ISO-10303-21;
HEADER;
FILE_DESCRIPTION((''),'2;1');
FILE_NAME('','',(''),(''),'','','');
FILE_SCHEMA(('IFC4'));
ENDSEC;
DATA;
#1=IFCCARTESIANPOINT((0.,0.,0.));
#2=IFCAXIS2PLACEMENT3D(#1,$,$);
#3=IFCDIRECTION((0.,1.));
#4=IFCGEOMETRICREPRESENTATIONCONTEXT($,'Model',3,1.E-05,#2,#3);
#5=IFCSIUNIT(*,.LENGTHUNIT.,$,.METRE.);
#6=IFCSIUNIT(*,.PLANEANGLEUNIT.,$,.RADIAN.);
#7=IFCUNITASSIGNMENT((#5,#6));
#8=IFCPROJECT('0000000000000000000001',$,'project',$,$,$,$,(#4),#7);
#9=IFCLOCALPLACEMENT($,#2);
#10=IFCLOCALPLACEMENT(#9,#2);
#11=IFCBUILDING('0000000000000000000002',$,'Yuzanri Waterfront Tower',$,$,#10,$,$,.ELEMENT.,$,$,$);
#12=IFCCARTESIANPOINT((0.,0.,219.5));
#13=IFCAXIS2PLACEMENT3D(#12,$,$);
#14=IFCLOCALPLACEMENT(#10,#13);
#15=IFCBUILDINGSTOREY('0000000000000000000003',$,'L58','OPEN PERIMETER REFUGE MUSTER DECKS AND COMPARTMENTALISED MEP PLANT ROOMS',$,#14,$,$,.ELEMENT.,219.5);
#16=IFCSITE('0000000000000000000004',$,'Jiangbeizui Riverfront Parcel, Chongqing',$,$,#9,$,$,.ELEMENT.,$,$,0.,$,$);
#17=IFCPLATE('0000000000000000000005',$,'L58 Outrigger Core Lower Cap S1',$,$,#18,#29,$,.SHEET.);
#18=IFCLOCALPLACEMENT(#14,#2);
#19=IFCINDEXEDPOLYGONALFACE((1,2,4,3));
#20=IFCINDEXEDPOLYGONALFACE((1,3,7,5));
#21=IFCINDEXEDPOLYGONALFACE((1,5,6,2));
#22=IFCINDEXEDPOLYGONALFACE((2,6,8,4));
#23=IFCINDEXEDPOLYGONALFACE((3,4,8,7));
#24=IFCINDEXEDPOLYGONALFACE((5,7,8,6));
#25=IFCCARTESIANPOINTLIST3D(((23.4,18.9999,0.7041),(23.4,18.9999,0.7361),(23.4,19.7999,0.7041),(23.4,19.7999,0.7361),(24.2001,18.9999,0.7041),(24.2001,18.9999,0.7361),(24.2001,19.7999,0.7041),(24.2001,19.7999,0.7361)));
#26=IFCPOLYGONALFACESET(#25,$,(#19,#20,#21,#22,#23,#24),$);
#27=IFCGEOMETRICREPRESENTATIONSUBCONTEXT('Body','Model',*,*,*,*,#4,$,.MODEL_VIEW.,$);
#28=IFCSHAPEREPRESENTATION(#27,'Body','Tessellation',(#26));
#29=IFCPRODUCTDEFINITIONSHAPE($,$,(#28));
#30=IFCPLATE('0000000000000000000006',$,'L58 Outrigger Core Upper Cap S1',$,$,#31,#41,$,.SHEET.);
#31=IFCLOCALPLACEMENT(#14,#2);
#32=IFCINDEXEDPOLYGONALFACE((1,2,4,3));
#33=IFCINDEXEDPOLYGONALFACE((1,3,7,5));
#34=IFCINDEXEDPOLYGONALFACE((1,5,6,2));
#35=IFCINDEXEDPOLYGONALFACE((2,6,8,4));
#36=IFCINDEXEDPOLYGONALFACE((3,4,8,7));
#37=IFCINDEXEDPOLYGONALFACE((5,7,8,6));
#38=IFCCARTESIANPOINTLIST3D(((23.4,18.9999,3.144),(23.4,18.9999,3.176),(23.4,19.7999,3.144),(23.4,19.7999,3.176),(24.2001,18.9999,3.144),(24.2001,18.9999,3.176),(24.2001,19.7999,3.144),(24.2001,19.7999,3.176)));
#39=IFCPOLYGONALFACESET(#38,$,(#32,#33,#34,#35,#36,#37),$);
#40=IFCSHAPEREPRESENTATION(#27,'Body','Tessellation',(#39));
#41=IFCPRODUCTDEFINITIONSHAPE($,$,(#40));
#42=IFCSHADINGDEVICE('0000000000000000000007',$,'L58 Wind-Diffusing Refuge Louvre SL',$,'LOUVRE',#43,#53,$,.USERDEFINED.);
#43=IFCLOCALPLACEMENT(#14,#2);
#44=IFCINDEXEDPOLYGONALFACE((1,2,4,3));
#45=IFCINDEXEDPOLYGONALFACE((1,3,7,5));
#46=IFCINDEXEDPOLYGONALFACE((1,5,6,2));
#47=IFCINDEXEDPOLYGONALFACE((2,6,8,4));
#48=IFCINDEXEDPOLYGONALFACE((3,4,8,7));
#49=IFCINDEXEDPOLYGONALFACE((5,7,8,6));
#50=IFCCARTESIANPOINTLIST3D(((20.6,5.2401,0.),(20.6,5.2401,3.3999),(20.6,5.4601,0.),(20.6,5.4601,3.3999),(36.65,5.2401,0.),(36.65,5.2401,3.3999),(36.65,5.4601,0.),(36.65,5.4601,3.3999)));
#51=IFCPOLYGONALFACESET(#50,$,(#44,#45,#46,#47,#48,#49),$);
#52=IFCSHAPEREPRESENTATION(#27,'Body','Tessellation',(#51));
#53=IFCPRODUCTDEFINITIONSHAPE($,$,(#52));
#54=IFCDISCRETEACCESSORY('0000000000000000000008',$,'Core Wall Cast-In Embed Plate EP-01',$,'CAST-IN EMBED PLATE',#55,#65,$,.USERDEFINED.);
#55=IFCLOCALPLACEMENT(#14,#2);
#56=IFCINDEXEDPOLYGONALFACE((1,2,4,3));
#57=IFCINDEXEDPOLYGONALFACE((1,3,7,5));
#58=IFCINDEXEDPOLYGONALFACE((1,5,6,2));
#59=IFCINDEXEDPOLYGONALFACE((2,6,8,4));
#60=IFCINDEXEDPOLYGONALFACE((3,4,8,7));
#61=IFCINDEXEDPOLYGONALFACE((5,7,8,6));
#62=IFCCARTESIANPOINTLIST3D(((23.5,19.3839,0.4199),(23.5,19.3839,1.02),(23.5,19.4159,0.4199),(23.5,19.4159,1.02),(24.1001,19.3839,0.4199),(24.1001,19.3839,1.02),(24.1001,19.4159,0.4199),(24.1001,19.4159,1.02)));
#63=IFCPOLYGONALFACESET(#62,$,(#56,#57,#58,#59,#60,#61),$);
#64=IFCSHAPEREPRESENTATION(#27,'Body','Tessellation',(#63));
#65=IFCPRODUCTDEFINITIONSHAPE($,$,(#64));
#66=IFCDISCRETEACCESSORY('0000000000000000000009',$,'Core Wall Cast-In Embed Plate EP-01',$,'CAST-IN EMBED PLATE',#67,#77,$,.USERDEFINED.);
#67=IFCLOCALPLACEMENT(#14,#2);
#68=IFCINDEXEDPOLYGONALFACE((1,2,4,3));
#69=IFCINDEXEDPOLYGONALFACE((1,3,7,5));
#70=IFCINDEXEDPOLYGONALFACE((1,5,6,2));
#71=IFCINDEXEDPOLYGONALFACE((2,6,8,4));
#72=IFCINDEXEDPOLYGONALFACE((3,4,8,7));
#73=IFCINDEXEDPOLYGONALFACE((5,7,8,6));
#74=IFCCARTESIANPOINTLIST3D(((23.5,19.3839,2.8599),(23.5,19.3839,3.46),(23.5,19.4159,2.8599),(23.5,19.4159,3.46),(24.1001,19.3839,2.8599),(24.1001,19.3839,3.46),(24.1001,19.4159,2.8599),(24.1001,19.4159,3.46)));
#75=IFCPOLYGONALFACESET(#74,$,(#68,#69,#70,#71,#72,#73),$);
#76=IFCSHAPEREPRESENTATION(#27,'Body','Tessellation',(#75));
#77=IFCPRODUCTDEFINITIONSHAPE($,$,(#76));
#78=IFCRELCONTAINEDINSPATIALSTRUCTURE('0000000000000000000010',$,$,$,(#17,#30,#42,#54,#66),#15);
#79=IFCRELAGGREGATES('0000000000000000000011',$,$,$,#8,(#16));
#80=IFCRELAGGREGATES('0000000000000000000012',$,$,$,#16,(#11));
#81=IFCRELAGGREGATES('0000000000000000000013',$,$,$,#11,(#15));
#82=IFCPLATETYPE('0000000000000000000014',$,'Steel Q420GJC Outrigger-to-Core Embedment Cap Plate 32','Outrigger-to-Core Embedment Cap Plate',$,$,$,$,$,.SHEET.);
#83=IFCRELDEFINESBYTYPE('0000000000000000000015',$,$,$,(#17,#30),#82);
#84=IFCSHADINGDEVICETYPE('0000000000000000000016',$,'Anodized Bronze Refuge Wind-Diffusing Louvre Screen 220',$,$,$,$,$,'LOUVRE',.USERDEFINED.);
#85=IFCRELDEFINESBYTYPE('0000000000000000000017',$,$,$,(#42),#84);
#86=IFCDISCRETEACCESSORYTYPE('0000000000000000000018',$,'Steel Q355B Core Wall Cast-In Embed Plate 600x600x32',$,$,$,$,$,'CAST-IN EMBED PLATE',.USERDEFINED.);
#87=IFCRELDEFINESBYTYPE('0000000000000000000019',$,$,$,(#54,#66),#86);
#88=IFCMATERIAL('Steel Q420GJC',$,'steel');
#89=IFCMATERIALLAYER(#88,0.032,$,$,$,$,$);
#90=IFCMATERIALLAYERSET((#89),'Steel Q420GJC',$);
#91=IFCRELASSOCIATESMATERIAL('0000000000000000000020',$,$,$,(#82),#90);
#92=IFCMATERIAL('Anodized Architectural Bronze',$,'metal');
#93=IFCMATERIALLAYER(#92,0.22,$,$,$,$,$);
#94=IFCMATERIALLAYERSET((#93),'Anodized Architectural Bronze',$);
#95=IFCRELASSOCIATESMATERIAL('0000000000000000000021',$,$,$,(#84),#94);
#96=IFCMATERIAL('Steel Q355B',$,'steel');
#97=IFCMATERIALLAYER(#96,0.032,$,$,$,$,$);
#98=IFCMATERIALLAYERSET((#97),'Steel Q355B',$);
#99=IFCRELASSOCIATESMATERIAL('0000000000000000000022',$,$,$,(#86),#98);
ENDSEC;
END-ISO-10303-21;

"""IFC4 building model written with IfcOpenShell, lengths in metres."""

from ifc_helpers import new_model, si_unit, direction, frame, origin, origin_2d, place, context, subcontext, project, spatial, rectangle, extrude, source, transform, mapped, material, layer, layer_set, type_object, element, save


model = new_model("IFC4")

# Units and contexts
model_context = context("Model", 3, precision=1e-05, world=origin(), true_north=direction((0.0, 1.0)))
body_context = subcontext(model_context, "Body", "Model", "MODEL_VIEW")
ifc_project = project(units=[si_unit("LENGTHUNIT", "METRE"), si_unit("PLANEANGLEUNIT", "RADIAN")], contexts=[model_context])

# Site, building, storey
site_placement = place(None, origin())
site = spatial("IfcSite", under=ifc_project, at=site_placement, Name="Jiangbeizui Riverfront Parcel, Chongqing", CompositionType="ELEMENT", RefElevation=0.0)
building_placement = place(site_placement, origin())
building = spatial("IfcBuilding", under=site, at=building_placement, Name="Yuzanri Waterfront Tower", CompositionType="ELEMENT")
storey_placement = place(building_placement, frame((0.0, 0.0, 219.5)))
storey = spatial("IfcBuildingStorey", under=building, at=storey_placement, Name="L58", Description="OPEN PERIMETER REFUGE MUSTER DECKS AND COMPARTMENTALISED MEP PLANT ROOMS", CompositionType="ELEMENT", Elevation=219.5)

# Plates
ifc_material_1 = material(Name="Steel Q420GJC", Category="steel")
ifc_layer_1 = layer(ifc_material_1, 0.032)
ifc_layer_set_1 = layer_set([ifc_layer_1], Name="Steel Q420GJC")
plate_type_1 = type_object("IfcPlateType", Name="Steel Q420GJC Outrigger-to-Core Embedment Cap Plate 32", Description="Outrigger-to-Core Embedment Cap Plate", PredefinedType="SHEET", material=ifc_layer_set_1)
shared_shape_1 = source(origin(), body_context, "Body", "SweptSolid", [
    extrude(rectangle(XDim=0.8, YDim=0.8, at=origin_2d()), origin(), (0.0, 0.0, 1.0), 0.032),
])
for number, where, z_axis, x_axis, name in (
    (1, (23.8, 19.3999, 0.7041), (0.0, 0.0, 1.0), (1.0, 0.0, 0.0), "L58 Outrigger Core Lower Cap S1"),
    (2, (23.8, 19.3999, 3.144), (0.0, 0.0, 1.0), (1.0, 0.0, 0.0), "L58 Outrigger Core Upper Cap S1"),
):
    element("IfcPlate", number, at=place(storey_placement, frame(where, z_axis=z_axis, x_axis=x_axis)), inside=storey, type_object=plate_type_1, Name=name, PredefinedType="SHEET", context=body_context, shape_type="MappedRepresentation", body=[
        mapped(shared_shape_1, transform((0.0, 0.0, 0.0), scale=1.0)),
    ])

# Shading device
ifc_material_2 = material(Name="Anodized Architectural Bronze", Category="metal")
ifc_layer_2 = layer(ifc_material_2, 0.22)
ifc_layer_set_2 = layer_set([ifc_layer_2], Name="Anodized Architectural Bronze")
shading_device_type = type_object("IfcShadingDeviceType", Name="Anodized Bronze Refuge Wind-Diffusing Louvre Screen 220", ElementType="LOUVRE", PredefinedType="USERDEFINED", material=ifc_layer_set_2)
shared_shape_2 = source(origin(), body_context, "Body", "SweptSolid", [
    extrude(rectangle(XDim=16.05, YDim=0.22, at=origin_2d()), origin(), (0.0, 0.0, 1.0), 3.3999),
])
shading_device_placement = place(storey_placement, frame((28.625, 5.3501, 0.0), z_axis=(0.0, 0.0, 1.0), x_axis=(1.0, 0.0, 0.0)))
element("IfcShadingDevice", 3, at=shading_device_placement, inside=storey, type_object=shading_device_type, Name="L58 Wind-Diffusing Refuge Louvre SL", ObjectType="LOUVRE", PredefinedType="USERDEFINED", context=body_context, shape_type="MappedRepresentation", body=[
    mapped(shared_shape_2, transform((0.0, 0.0, 0.0), scale=1.0)),
])

# Discrete accessories
ifc_material_3 = material(Name="Steel Q355B", Category="steel")
ifc_layer_3 = layer(ifc_material_3, 0.032)
ifc_layer_set_3 = layer_set([ifc_layer_3], Name="Steel Q355B")
discrete_accessory_type = type_object("IfcDiscreteAccessoryType", Name="Steel Q355B Core Wall Cast-In Embed Plate 600x600x32", ElementType="CAST-IN EMBED PLATE", PredefinedType="USERDEFINED", material=ifc_layer_set_3)
shared_shape_3 = source(origin(), body_context, "Body", "SweptSolid", [
    extrude(rectangle(XDim=0.6001, YDim=0.032, at=origin_2d()), origin(), (0.0, 0.0, 1.0), 0.6001),
])
for number, where, z_axis, x_axis, name in (
    (4, (23.8, 19.3999, 0.4199), (0.0, 0.0, 1.0), (1.0, 0.0, 0.0), "Core Wall Cast-In Embed Plate EP-01"),
    (5, (23.8, 19.3999, 2.8599), (0.0, 0.0, 1.0), (1.0, 0.0, 0.0), "Core Wall Cast-In Embed Plate EP-01"),
):
    element("IfcDiscreteAccessory", number, at=place(storey_placement, frame(where, z_axis=z_axis, x_axis=x_axis)), inside=storey, type_object=discrete_accessory_type, Name=name, ObjectType="CAST-IN EMBED PLATE", PredefinedType="USERDEFINED", context=body_context, shape_type="MappedRepresentation", body=[
        mapped(shared_shape_3, transform((0.0, 0.0, 0.0), scale=1.0)),
    ])

save(model, "model.ifc")
